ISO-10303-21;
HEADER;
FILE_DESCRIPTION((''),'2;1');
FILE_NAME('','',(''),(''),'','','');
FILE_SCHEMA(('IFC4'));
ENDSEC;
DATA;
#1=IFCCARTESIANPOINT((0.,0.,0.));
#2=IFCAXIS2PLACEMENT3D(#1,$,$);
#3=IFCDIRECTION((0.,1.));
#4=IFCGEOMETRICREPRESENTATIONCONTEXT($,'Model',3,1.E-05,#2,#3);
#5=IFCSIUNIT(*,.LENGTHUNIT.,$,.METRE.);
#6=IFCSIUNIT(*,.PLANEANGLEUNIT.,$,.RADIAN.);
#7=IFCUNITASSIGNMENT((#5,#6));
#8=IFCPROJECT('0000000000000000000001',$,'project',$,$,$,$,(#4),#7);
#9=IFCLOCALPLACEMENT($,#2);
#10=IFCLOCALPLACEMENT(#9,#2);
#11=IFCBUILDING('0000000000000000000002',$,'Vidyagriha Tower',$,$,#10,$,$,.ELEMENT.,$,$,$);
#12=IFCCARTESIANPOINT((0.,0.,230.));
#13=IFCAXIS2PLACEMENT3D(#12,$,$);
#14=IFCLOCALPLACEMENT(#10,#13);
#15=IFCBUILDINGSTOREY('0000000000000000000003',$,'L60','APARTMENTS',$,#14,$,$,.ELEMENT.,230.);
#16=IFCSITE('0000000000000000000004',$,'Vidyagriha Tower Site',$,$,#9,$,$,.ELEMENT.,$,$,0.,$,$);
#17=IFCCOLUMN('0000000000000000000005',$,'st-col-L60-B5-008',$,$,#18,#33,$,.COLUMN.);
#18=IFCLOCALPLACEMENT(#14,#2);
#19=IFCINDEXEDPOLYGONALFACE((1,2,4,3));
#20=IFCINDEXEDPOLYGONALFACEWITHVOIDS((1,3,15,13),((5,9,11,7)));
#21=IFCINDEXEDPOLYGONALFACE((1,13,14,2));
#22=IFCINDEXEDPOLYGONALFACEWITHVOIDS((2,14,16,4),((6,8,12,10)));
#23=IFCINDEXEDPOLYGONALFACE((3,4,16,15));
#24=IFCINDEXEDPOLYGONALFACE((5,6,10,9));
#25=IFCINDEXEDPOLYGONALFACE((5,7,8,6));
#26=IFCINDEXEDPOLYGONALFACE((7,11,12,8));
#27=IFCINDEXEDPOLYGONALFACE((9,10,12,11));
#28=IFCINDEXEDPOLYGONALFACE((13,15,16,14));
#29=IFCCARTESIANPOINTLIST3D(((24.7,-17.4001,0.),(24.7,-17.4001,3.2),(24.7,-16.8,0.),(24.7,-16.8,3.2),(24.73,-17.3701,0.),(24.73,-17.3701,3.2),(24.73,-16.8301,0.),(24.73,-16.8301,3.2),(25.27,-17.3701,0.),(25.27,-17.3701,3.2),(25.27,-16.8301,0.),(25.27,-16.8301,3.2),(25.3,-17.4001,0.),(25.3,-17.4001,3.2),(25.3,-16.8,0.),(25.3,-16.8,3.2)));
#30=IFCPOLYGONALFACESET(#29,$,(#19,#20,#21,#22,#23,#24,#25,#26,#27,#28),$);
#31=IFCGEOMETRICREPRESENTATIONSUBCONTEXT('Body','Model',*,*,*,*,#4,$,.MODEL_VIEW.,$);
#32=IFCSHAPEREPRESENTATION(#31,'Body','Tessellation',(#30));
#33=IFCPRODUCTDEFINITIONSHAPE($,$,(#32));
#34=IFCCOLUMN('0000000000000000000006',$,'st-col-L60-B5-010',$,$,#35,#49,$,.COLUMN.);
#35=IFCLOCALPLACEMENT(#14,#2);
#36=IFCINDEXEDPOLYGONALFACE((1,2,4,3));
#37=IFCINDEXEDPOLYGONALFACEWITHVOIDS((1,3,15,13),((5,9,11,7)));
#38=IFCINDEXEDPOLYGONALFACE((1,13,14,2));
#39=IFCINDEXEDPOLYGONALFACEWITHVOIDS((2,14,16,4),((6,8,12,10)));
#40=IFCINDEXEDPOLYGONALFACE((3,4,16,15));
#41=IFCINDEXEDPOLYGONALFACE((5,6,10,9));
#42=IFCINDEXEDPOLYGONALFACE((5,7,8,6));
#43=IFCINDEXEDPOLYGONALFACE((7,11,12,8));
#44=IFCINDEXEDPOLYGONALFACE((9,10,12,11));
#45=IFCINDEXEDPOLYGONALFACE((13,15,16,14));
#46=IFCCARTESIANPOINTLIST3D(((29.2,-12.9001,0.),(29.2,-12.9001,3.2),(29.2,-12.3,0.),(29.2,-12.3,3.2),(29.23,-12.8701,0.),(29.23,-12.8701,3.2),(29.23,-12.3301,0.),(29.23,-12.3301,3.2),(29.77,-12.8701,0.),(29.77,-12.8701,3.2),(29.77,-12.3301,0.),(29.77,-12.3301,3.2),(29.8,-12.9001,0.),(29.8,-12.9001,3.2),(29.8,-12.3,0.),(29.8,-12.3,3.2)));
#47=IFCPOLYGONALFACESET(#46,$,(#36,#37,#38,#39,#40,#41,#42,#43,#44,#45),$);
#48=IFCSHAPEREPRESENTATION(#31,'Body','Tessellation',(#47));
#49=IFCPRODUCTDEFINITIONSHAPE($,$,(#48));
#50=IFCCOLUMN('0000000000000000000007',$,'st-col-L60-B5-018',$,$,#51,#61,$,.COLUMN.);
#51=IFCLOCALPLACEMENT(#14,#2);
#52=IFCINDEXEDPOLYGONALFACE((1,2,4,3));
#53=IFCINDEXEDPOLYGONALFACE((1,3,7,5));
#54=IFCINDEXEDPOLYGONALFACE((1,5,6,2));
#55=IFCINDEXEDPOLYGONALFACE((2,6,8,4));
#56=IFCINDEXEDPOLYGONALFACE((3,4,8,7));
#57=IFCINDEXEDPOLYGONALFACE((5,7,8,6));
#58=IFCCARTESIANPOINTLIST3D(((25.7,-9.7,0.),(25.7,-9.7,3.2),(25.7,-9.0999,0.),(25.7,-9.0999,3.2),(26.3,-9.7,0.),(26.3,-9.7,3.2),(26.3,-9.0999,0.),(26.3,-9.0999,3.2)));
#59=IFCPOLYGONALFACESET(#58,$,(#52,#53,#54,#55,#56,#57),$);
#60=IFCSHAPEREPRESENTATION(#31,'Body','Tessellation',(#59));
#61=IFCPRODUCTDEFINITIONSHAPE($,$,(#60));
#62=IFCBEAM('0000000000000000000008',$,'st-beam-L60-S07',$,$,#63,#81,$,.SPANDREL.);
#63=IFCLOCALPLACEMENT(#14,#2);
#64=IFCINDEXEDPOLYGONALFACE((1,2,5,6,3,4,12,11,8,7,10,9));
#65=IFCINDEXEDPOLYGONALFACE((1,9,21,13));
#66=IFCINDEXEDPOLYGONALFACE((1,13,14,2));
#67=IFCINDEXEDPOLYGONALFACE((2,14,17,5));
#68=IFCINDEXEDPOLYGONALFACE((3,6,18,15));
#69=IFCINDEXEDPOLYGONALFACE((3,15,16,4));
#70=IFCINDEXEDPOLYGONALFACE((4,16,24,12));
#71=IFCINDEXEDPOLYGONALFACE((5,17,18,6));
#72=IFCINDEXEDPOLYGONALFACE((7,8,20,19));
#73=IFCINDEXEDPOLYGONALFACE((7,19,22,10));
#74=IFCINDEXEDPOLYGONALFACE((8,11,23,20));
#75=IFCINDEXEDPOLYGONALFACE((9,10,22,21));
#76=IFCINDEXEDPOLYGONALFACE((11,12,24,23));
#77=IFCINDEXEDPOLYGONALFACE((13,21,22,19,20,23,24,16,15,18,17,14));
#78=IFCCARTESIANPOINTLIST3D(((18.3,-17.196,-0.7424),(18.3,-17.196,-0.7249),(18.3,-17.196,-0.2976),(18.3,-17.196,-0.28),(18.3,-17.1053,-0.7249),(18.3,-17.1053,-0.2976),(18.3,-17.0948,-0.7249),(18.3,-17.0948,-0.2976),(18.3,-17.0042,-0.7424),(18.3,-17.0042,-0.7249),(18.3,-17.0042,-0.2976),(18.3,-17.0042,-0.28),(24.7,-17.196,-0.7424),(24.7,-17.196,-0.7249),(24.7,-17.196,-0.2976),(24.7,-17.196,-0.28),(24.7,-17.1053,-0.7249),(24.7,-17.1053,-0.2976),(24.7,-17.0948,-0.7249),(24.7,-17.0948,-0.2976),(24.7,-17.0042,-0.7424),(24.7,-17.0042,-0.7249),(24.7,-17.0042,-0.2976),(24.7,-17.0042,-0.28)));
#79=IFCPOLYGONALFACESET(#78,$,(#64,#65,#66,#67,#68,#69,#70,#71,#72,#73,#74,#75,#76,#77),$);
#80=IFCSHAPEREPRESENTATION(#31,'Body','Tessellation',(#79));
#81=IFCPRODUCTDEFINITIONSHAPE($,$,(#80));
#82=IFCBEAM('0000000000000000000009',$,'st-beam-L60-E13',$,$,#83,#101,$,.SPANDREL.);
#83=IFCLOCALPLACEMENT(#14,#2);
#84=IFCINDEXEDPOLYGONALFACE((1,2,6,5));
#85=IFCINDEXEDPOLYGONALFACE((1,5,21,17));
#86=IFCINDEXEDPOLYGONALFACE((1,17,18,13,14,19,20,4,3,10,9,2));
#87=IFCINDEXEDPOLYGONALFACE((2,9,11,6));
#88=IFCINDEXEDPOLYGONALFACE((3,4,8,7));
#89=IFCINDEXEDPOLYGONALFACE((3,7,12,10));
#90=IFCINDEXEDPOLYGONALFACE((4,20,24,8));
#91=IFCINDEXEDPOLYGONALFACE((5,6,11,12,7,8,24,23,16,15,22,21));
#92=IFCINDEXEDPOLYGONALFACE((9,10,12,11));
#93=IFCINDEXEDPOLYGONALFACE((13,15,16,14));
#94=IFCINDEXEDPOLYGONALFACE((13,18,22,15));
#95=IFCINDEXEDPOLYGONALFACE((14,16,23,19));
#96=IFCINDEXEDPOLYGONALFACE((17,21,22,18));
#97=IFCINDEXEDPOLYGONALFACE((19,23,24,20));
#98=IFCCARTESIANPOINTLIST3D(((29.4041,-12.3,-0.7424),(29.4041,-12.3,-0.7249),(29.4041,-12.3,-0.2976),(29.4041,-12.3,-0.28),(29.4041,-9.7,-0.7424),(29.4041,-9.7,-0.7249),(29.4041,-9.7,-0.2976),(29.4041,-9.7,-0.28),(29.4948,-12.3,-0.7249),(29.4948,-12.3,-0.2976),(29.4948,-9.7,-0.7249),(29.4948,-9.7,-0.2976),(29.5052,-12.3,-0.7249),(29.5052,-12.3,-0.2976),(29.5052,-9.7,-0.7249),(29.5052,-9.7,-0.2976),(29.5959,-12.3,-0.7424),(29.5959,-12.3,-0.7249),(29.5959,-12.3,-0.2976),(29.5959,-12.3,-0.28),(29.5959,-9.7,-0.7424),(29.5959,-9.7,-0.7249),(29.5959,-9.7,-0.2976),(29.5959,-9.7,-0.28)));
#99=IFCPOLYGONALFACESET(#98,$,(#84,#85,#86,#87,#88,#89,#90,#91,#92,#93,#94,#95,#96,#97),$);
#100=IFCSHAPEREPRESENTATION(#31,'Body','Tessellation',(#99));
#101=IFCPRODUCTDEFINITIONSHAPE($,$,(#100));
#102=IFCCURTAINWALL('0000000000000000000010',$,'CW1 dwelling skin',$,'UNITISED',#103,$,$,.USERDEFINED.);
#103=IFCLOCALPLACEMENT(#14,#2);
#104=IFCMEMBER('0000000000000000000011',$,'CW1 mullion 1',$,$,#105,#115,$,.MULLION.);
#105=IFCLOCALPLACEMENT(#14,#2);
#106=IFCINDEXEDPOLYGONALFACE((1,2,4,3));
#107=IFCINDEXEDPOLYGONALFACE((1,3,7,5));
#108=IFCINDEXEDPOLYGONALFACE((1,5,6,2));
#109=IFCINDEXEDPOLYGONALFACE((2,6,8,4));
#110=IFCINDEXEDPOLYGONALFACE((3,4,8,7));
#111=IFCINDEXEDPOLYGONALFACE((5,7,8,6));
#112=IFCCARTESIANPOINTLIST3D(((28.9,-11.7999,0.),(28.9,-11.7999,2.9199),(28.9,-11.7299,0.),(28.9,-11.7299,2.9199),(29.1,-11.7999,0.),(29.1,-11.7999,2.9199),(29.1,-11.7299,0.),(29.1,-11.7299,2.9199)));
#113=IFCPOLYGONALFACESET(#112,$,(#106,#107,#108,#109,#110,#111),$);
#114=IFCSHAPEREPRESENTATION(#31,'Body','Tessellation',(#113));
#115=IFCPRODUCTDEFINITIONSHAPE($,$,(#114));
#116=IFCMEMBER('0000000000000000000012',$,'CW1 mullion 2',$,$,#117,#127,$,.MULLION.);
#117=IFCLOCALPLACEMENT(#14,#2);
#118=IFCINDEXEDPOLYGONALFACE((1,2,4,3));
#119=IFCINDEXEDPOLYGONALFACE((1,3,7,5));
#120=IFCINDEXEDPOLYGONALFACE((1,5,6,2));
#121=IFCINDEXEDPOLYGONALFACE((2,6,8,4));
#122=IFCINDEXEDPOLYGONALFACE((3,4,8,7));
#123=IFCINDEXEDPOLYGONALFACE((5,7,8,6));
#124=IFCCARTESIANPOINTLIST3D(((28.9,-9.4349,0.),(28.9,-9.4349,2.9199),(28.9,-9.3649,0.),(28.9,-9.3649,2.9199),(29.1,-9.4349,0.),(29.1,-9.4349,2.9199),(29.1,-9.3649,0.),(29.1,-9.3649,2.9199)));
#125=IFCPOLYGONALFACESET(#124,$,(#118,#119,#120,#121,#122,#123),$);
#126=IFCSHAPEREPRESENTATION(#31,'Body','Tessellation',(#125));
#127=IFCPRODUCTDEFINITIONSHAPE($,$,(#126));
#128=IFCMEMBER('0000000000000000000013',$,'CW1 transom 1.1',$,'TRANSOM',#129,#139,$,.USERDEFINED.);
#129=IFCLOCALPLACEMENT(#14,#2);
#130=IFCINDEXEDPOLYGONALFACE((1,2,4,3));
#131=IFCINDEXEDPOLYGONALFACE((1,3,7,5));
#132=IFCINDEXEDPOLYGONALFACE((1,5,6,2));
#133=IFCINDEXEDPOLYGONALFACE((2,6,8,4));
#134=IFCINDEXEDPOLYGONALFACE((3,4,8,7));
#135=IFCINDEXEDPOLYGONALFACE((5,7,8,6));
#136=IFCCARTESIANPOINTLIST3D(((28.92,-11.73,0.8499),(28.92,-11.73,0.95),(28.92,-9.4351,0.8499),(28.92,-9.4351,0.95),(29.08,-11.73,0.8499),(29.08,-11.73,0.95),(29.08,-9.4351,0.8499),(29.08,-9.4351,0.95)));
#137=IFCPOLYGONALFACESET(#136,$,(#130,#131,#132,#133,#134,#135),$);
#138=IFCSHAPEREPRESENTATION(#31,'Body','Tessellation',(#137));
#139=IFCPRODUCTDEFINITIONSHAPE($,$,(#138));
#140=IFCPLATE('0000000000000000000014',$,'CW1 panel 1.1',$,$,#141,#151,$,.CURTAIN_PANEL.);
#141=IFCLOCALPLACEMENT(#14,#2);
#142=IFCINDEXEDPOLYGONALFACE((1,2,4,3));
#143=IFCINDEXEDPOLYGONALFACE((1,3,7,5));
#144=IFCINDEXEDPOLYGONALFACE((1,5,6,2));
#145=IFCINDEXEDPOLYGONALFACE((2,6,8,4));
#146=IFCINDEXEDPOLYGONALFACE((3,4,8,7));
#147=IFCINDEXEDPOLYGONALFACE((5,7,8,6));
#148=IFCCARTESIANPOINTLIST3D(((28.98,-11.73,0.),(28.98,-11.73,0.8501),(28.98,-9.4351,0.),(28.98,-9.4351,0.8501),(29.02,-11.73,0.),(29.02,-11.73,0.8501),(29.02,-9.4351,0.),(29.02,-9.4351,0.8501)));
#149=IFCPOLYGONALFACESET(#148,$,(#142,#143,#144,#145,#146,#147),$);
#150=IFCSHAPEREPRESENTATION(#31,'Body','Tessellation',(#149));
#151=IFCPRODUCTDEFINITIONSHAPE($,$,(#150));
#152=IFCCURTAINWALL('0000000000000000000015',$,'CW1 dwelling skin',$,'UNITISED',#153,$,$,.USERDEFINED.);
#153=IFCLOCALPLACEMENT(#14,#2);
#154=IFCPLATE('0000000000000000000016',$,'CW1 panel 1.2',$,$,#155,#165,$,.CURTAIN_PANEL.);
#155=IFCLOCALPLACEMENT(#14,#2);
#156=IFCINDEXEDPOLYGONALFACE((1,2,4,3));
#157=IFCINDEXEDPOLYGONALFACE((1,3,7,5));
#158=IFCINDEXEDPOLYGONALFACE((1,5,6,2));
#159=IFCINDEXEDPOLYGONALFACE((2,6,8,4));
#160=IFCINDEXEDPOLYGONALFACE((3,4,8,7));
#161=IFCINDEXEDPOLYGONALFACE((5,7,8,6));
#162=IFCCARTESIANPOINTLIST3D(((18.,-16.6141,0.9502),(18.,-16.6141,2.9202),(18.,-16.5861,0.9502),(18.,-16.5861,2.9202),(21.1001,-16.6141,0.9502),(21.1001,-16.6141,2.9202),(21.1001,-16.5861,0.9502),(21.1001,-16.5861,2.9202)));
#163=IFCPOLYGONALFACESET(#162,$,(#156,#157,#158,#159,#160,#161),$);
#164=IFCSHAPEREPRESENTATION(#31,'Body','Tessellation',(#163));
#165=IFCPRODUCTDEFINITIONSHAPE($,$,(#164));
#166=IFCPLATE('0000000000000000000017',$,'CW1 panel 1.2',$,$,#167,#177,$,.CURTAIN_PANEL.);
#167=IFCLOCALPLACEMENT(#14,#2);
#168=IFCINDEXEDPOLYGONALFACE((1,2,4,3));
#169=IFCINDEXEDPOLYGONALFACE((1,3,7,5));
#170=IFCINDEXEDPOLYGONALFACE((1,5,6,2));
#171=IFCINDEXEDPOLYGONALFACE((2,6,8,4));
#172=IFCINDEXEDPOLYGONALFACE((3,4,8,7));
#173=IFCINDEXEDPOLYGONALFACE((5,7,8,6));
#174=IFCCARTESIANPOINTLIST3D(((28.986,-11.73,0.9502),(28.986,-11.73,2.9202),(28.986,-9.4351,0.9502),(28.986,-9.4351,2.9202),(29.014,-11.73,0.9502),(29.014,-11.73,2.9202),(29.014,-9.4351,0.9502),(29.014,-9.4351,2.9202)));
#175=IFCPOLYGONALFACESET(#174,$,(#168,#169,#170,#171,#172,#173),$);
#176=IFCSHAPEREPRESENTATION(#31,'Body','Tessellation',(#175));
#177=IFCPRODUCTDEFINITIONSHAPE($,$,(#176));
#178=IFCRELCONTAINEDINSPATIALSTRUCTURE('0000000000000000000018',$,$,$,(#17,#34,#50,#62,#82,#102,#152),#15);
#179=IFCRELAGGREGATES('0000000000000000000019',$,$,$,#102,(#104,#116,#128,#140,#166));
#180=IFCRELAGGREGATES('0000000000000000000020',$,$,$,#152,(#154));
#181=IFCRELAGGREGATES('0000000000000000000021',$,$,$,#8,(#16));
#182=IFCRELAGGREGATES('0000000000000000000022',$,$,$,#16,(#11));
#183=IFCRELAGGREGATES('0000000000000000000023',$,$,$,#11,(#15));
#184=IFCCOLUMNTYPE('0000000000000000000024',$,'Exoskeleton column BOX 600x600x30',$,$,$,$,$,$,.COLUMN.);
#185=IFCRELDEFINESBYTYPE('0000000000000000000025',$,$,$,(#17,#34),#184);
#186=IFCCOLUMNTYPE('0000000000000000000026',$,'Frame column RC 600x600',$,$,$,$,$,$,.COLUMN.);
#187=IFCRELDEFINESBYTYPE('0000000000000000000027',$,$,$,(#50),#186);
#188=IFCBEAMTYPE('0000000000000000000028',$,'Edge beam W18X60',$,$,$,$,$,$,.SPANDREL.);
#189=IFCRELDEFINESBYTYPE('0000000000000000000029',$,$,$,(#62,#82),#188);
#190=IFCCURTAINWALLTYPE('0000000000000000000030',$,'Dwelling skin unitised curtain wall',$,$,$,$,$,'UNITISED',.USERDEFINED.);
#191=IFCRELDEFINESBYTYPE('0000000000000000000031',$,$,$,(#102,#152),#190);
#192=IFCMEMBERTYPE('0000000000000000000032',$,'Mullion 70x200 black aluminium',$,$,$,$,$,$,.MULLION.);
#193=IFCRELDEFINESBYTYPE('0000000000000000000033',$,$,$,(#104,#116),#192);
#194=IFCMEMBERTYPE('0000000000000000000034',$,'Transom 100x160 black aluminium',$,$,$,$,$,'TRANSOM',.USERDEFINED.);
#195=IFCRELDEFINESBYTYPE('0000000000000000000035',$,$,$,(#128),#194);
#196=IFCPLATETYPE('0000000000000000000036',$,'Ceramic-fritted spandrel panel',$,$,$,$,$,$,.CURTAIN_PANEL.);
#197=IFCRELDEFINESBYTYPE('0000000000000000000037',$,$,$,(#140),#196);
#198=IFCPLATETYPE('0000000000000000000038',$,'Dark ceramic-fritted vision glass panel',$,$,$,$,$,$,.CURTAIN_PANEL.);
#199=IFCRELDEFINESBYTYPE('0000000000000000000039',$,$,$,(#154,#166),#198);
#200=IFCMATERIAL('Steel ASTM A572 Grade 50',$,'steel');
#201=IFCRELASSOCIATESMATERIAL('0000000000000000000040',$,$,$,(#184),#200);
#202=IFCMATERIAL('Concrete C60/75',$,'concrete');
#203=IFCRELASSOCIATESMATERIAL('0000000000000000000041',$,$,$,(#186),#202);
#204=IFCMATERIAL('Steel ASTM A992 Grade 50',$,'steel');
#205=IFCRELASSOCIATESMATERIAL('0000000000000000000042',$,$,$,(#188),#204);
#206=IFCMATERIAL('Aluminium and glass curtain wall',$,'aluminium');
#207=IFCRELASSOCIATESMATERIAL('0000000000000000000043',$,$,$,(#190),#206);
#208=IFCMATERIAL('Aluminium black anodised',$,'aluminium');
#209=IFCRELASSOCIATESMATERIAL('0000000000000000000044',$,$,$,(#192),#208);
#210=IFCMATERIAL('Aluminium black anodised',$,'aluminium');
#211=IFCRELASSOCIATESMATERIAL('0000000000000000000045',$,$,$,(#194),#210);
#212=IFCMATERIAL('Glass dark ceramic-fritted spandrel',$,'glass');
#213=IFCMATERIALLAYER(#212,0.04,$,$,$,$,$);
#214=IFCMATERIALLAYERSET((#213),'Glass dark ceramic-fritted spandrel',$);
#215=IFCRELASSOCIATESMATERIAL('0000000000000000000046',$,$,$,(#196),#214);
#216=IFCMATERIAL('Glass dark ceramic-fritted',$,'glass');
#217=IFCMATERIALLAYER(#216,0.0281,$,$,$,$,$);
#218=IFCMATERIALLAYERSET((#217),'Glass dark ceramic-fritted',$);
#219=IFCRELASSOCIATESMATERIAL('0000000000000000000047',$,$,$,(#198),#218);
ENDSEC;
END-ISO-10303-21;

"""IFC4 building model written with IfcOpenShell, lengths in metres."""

from ifc_helpers import new_model, si_unit, direction, frame, origin, origin_2d, place, context, subcontext, project, spatial, rectangle, hollow_rectangle, i_section, extrude, material, layer, layer_set, material_profile, profile_set, type_object, element, aggregate, save


model = new_model("IFC4")

# Units and contexts
model_context = context("Model", 3, precision=1e-05, world=origin(), true_north=direction((0.0, 1.0)))
body_context = subcontext(model_context, "Body", "Model", "MODEL_VIEW")
ifc_project = project(units=[si_unit("LENGTHUNIT", "METRE"), si_unit("PLANEANGLEUNIT", "RADIAN")], contexts=[model_context])

# Site, building, storey
site_placement = place(None, origin())
site = spatial("IfcSite", under=ifc_project, at=site_placement, Name="Vidyagriha Tower Site", CompositionType="ELEMENT", RefElevation=0.0)
building_placement = place(site_placement, origin())
building = spatial("IfcBuilding", under=site, at=building_placement, Name="Vidyagriha Tower", CompositionType="ELEMENT")
storey_placement = place(building_placement, frame((0.0, 0.0, 230.0)))
storey = spatial("IfcBuildingStorey", under=building, at=storey_placement, Name="L60", Description="APARTMENTS", CompositionType="ELEMENT", Elevation=230.0)

# Columns
ifc_material_1 = material(Name="Steel ASTM A572 Grade 50", Category="steel")
ifc_material_profile_1 = material_profile(ifc_material_1, hollow_rectangle(XDim=0.6001, YDim=0.6001, WallThickness=0.03, at=origin_2d()), Name="BOX 600x600x30")
ifc_profile_set_1 = profile_set([ifc_material_profile_1], Name="Steel ASTM A572 Grade 50")
column_type_1 = type_object("IfcColumnType", Name="Exoskeleton column BOX 600x600x30", PredefinedType="COLUMN", material=ifc_profile_set_1)
for number, where, name in (
    (1, (25.0, -17.1001, 0.0), "st-col-L60-B5-008"),
    (2, (29.5, -12.6001, 0.0), "st-col-L60-B5-010"),
):
    element("IfcColumn", number, at=place(storey_placement, frame(where)), inside=storey, type_object=column_type_1, Name=name, PredefinedType="COLUMN", context=body_context, shape_type="SweptSolid", body=[
        extrude(hollow_rectangle(XDim=0.6001, YDim=0.6001, WallThickness=0.03, at=origin_2d()), origin(), (0.0, 0.0, 1.0), 3.2),
    ])
ifc_material_2 = material(Name="Concrete C60/75", Category="concrete")
ifc_material_profile_2 = material_profile(ifc_material_2, rectangle(XDim=0.6001, YDim=0.6001, at=origin_2d()), Name="RC 600x600")
ifc_profile_set_2 = profile_set([ifc_material_profile_2], Name="Concrete C60/75")
column_type_2 = type_object("IfcColumnType", Name="Frame column RC 600x600", PredefinedType="COLUMN", material=ifc_profile_set_2)
column_placement = place(storey_placement, frame((26.0, -9.3999, 0.0)))
element("IfcColumn", 3, at=column_placement, inside=storey, type_object=column_type_2, Name="st-col-L60-B5-018", PredefinedType="COLUMN", context=body_context, shape_type="SweptSolid", body=[
    extrude(rectangle(XDim=0.6001, YDim=0.6001, at=origin_2d()), origin(), (0.0, 0.0, 1.0), 3.2),
])

# Beams
ifc_material_3 = material(Name="Steel ASTM A992 Grade 50", Category="steel")
ifc_material_profile_3 = material_profile(ifc_material_3, i_section(OverallWidth=0.1919, OverallDepth=0.4624, WebThickness=0.0105, FlangeThickness=0.0176, at=origin_2d()), Name="W18X60")
ifc_profile_set_3 = profile_set([ifc_material_profile_3], Name="Steel ASTM A992 Grade 50")
beam_type = type_object("IfcBeamType", Name="Edge beam W18X60", PredefinedType="SPANDREL", material=ifc_profile_set_3)
beam_1_placement = place(storey_placement, frame((18.3, -17.1001, -0.5112), z_axis=(1.0, 0.0, 0.0), x_axis=(0.0, 1.0, 0.0)))
element("IfcBeam", 4, at=beam_1_placement, inside=storey, type_object=beam_type, Name="st-beam-L60-S07", PredefinedType="SPANDREL", context=body_context, shape_type="SweptSolid", body=[
    extrude(i_section(OverallWidth=0.1919, OverallDepth=0.4624, WebThickness=0.0105, FlangeThickness=0.0176, at=origin_2d()), origin(), (0.0, 0.0, 1.0), 6.3999),
])
beam_2_placement = place(storey_placement, frame((29.5, -12.3, -0.5112), z_axis=(0.0, 1.0, 0.0), x_axis=(-1.0, 0.0, 0.0)))
element("IfcBeam", 5, at=beam_2_placement, inside=storey, type_object=beam_type, Name="st-beam-L60-E13", PredefinedType="SPANDREL", context=body_context, shape_type="SweptSolid", body=[
    extrude(i_section(OverallWidth=0.1919, OverallDepth=0.4624, WebThickness=0.0105, FlangeThickness=0.0176, at=origin_2d()), origin(), (0.0, 0.0, 1.0), 2.6001),
])

# Curtain wall, members, plate
ifc_material_4 = material(Name="Aluminium and glass curtain wall", Category="aluminium")
curtain_wall_type = type_object("IfcCurtainWallType", Name="Dwelling skin unitised curtain wall", ElementType="UNITISED", PredefinedType="USERDEFINED", material=ifc_material_4)
curtain_wall_1_placement = place(storey_placement, origin())
curtain_wall_1 = element("IfcCurtainWall", 6, at=curtain_wall_1_placement, inside=storey, type_object=curtain_wall_type, Name="CW1 dwelling skin", ObjectType="UNITISED", PredefinedType="USERDEFINED")
ifc_material_5 = material(Name="Aluminium black anodised", Category="aluminium")
ifc_material_profile_4 = material_profile(ifc_material_5, rectangle(XDim=0.2, YDim=0.0701, at=origin_2d()), Name="Mullion 70x200 black aluminium")
ifc_profile_set_4 = profile_set([ifc_material_profile_4], Name="Aluminium black anodised")
member_type_1 = type_object("IfcMemberType", Name="Mullion 70x200 black aluminium", PredefinedType="MULLION", material=ifc_profile_set_4)
member_1_placement = place(storey_placement, frame((29.0, -11.7649, 0.0), z_axis=(0.0, 0.0, 1.0), x_axis=(-1.0, 0.0, 0.0)))
member_1 = element("IfcMember", 7, at=member_1_placement, type_object=member_type_1, Name="CW1 mullion 1", PredefinedType="MULLION", context=body_context, shape_type="SweptSolid", body=[
    extrude(rectangle(XDim=0.2, YDim=0.0701, at=origin_2d()), origin(), (0.0, 0.0, 1.0), 2.9199),
])
member_2_placement = place(storey_placement, frame((29.0, -9.3999, 0.0), z_axis=(0.0, 0.0, 1.0), x_axis=(-1.0, 0.0, 0.0)))
member_2 = element("IfcMember", 8, at=member_2_placement, type_object=member_type_1, Name="CW1 mullion 2", PredefinedType="MULLION", context=body_context, shape_type="SweptSolid", body=[
    extrude(rectangle(XDim=0.2, YDim=0.0701, at=origin_2d()), origin(), (0.0, 0.0, 1.0), 2.9199),
])
ifc_material_6 = material(Name="Aluminium black anodised", Category="aluminium")
ifc_material_profile_5 = material_profile(ifc_material_6, rectangle(XDim=0.1599, YDim=0.1001, at=origin_2d()), Name="Transom 100x160 black aluminium")
ifc_profile_set_5 = profile_set([ifc_material_profile_5], Name="Aluminium black anodised")
member_type_2 = type_object("IfcMemberType", Name="Transom 100x160 black aluminium", ElementType="TRANSOM", PredefinedType="USERDEFINED", material=ifc_profile_set_5)
member_3_placement = place(storey_placement, frame((29.0, -11.73, 0.8999), z_axis=(0.0, 1.0, 0.0), x_axis=(-1.0, 0.0, 0.0)))
member_3 = element("IfcMember", 9, at=member_3_placement, type_object=member_type_2, Name="CW1 transom 1.1", ObjectType="TRANSOM", PredefinedType="USERDEFINED", context=body_context, shape_type="SweptSolid", body=[
    extrude(rectangle(XDim=0.1599, YDim=0.1001, at=origin_2d()), origin(), (0.0, 0.0, 1.0), 2.2949),
])
ifc_material_7 = material(Name="Glass dark ceramic-fritted spandrel", Category="glass")
ifc_layer_1 = layer(ifc_material_7, 0.04)
ifc_layer_set_1 = layer_set([ifc_layer_1], Name="Glass dark ceramic-fritted spandrel")
plate_type_1 = type_object("IfcPlateType", Name="Ceramic-fritted spandrel panel", PredefinedType="CURTAIN_PANEL", material=ifc_layer_set_1)
plate_1_placement = place(storey_placement, frame((29.0, -10.5825, 0.0), z_axis=(0.0, 0.0, 1.0), x_axis=(0.0, 1.0, 0.0)))
plate_1 = element("IfcPlate", 10, at=plate_1_placement, type_object=plate_type_1, Name="CW1 panel 1.1", PredefinedType="CURTAIN_PANEL", context=body_context, shape_type="SweptSolid", body=[
    extrude(rectangle(XDim=2.2949, YDim=0.04, at=origin_2d()), origin(), (0.0, 0.0, 1.0), 0.8501),
])

# Curtain wall, plate
curtain_wall_2_placement = place(storey_placement, origin())
curtain_wall_2 = element("IfcCurtainWall", 11, at=curtain_wall_2_placement, inside=storey, type_object=curtain_wall_type, Name="CW1 dwelling skin", ObjectType="UNITISED", PredefinedType="USERDEFINED")
ifc_material_8 = material(Name="Glass dark ceramic-fritted", Category="glass")
ifc_layer_2 = layer(ifc_material_8, 0.0281)
ifc_layer_set_2 = layer_set([ifc_layer_2], Name="Glass dark ceramic-fritted")
plate_type_2 = type_object("IfcPlateType", Name="Dark ceramic-fritted vision glass panel", PredefinedType="CURTAIN_PANEL", material=ifc_layer_set_2)
plate_2_placement = place(storey_placement, frame((19.55, -16.6001, 0.9502)))
plate_2 = element("IfcPlate", 12, at=plate_2_placement, type_object=plate_type_2, Name="CW1 panel 1.2", PredefinedType="CURTAIN_PANEL", context=body_context, shape_type="SweptSolid", body=[
    extrude(rectangle(XDim=3.1001, YDim=0.0281, at=origin_2d()), origin(), (0.0, 0.0, 1.0), 1.97),
])

# Plate
plate_3_placement = place(storey_placement, frame((29.0, -10.5825, 0.9502), z_axis=(0.0, 0.0, 1.0), x_axis=(0.0, 1.0, 0.0)))
plate_3 = element("IfcPlate", 13, at=plate_3_placement, type_object=plate_type_2, Name="CW1 panel 1.2", PredefinedType="CURTAIN_PANEL", context=body_context, shape_type="SweptSolid", body=[
    extrude(rectangle(XDim=2.2949, YDim=0.0281, at=origin_2d()), origin(), (0.0, 0.0, 1.0), 1.97),
])
aggregate(curtain_wall_1, [member_1, member_2, member_3, plate_1, plate_3])
aggregate(curtain_wall_2, [plate_2])

save(model, "model.ifc")
